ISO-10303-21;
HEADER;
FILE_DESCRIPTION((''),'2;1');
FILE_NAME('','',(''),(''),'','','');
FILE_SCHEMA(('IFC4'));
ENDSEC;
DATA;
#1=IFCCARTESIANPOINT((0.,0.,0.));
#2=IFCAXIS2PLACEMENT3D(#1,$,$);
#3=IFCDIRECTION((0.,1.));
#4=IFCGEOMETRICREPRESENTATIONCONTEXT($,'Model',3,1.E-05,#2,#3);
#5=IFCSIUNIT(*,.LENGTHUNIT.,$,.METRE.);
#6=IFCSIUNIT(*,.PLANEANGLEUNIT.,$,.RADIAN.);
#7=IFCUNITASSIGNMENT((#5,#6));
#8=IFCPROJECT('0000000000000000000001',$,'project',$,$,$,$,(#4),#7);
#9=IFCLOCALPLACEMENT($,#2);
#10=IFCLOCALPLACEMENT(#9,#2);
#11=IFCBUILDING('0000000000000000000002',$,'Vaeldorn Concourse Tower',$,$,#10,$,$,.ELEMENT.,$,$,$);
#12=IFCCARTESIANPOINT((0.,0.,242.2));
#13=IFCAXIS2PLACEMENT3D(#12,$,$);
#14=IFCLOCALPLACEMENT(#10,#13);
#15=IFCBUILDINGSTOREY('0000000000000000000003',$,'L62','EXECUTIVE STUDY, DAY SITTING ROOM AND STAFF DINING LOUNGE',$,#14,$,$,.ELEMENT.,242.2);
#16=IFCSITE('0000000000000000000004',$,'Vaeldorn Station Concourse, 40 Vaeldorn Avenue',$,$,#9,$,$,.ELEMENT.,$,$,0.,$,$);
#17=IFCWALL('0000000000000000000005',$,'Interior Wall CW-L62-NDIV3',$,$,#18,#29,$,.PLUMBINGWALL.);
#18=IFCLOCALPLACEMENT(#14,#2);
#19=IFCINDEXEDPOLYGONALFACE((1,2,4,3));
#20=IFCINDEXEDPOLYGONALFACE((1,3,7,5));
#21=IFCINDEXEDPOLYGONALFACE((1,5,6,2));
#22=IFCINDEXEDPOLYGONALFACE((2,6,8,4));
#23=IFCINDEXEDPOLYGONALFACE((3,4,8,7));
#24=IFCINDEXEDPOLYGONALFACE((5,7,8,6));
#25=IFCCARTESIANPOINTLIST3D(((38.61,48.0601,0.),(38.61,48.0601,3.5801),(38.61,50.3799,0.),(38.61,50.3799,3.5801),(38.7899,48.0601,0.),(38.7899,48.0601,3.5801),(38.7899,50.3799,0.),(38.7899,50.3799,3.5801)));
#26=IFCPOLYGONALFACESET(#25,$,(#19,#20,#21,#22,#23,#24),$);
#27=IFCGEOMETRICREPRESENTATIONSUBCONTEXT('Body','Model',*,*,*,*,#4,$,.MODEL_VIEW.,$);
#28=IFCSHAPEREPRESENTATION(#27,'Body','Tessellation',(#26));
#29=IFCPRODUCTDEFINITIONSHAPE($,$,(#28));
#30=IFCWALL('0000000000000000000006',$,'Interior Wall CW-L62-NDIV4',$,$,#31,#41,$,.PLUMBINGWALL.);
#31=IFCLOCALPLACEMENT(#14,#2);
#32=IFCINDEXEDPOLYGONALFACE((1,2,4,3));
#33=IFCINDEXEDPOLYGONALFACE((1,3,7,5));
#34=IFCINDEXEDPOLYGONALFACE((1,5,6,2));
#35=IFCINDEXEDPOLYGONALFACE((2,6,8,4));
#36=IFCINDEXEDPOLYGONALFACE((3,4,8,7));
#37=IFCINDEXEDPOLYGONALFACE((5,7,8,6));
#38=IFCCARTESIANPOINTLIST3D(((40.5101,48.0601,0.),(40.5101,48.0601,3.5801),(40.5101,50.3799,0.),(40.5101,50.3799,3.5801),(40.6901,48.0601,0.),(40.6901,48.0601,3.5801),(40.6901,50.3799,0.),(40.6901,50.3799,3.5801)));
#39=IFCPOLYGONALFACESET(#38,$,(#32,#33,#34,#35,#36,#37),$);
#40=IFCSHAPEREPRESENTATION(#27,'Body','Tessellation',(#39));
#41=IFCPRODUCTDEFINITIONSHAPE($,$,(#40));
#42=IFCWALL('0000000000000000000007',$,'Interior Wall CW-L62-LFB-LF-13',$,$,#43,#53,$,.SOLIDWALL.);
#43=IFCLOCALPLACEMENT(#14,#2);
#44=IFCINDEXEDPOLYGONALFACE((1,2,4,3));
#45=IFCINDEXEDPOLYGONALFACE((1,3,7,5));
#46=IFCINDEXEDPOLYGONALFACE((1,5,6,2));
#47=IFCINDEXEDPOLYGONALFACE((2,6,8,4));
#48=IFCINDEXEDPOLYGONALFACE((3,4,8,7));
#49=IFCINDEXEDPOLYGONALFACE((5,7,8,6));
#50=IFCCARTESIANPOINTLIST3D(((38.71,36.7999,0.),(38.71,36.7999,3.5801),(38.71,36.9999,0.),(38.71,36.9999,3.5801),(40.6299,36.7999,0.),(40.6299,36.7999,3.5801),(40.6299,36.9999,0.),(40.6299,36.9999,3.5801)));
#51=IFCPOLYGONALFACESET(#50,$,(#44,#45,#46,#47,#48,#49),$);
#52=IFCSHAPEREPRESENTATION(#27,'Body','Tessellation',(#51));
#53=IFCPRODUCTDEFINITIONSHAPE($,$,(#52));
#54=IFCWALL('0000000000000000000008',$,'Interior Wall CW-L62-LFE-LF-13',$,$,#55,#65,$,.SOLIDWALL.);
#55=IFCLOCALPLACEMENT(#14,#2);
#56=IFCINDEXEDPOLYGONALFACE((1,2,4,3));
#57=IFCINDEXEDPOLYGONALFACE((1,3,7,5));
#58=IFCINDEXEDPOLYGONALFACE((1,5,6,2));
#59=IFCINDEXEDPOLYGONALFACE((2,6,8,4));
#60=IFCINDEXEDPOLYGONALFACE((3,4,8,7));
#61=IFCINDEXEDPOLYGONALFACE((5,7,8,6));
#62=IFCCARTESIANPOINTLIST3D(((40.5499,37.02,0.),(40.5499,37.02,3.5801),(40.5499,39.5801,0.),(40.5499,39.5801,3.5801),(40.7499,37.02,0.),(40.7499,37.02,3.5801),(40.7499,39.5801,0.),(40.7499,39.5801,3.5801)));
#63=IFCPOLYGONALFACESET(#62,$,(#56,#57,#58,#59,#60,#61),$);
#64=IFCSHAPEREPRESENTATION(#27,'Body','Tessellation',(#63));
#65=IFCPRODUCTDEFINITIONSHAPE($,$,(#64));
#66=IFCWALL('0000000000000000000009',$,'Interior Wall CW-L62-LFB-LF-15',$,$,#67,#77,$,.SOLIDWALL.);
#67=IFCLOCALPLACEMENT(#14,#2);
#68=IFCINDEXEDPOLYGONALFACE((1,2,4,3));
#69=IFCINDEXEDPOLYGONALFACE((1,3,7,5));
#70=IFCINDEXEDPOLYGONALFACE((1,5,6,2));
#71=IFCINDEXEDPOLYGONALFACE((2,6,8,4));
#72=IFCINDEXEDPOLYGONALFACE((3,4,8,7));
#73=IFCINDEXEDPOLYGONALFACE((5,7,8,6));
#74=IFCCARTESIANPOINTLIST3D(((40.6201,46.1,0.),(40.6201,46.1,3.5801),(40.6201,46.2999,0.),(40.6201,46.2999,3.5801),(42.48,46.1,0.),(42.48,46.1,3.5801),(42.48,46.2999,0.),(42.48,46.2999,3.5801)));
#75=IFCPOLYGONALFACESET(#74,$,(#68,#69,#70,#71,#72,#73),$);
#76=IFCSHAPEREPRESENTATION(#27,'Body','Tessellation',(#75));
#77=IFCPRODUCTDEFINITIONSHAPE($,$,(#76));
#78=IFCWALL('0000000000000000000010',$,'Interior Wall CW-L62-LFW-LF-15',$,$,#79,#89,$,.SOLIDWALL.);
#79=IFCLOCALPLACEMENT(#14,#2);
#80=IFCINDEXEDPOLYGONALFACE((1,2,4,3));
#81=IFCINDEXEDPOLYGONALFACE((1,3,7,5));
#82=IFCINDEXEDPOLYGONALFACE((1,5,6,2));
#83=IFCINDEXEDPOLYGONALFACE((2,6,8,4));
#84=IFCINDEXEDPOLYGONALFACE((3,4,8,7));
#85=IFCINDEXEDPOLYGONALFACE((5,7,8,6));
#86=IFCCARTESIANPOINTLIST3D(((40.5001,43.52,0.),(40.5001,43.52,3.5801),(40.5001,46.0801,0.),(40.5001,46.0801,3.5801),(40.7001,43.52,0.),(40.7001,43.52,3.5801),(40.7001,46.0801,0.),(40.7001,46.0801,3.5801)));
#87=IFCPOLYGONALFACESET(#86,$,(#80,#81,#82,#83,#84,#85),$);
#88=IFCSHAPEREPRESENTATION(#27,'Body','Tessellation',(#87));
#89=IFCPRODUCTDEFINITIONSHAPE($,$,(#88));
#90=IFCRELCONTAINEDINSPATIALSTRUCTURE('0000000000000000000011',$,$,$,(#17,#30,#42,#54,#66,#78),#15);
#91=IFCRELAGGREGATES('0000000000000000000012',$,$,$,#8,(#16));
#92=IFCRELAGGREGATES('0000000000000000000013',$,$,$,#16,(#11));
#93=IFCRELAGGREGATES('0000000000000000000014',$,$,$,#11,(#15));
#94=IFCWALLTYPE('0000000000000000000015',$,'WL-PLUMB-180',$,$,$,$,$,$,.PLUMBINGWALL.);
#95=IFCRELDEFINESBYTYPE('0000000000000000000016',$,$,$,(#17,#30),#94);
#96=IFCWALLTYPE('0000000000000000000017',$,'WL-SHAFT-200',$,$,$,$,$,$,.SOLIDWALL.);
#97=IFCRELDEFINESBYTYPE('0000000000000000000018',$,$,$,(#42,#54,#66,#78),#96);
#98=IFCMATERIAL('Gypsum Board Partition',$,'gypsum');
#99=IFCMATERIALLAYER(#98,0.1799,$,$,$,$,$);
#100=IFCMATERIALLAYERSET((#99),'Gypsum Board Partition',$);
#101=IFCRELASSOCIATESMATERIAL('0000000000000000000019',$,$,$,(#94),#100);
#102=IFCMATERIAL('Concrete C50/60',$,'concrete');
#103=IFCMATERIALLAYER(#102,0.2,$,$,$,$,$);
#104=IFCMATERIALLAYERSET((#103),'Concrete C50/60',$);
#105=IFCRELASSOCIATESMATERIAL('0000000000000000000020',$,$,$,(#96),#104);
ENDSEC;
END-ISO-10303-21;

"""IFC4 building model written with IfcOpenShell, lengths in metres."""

from ifc_helpers import new_model, si_unit, direction, frame, frame_2d, origin, place, context, subcontext, project, spatial, rectangle, extrude, material, layer, layer_set, type_object, element, save


model = new_model("IFC4")

# Units and contexts
model_context = context("Model", 3, precision=1e-05, world=origin(), true_north=direction((0.0, 1.0)))
body_context = subcontext(model_context, "Body", "Model", "MODEL_VIEW")
ifc_project = project(units=[si_unit("LENGTHUNIT", "METRE"), si_unit("PLANEANGLEUNIT", "RADIAN")], contexts=[model_context])

# Site, building, storey
site_placement = place(None, origin())
site = spatial("IfcSite", under=ifc_project, at=site_placement, Name="Vaeldorn Station Concourse, 40 Vaeldorn Avenue", CompositionType="ELEMENT", RefElevation=0.0)
building_placement = place(site_placement, origin())
building = spatial("IfcBuilding", under=site, at=building_placement, Name="Vaeldorn Concourse Tower", CompositionType="ELEMENT")
storey_placement = place(building_placement, frame((0.0, 0.0, 242.2)))
storey = spatial("IfcBuildingStorey", under=building, at=storey_placement, Name="L62", Description="EXECUTIVE STUDY, DAY SITTING ROOM AND STAFF DINING LOUNGE", CompositionType="ELEMENT", Elevation=242.2)

# Shared definitions
ifc_material_1 = material(Name="Concrete C50/60", Category="concrete")
ifc_material_2 = material(Name="Gypsum Board Partition", Category="gypsum")

# Shared definitions
ifc_layer_1 = layer(ifc_material_2, 0.1799)
ifc_layer_set_1 = layer_set([ifc_layer_1], Name="Gypsum Board Partition")
wall_type_1 = type_object("IfcWallType", Name="WL-PLUMB-180", PredefinedType="PLUMBINGWALL", material=ifc_layer_set_1)

# Walls
for number, where, z_axis, x_axis, name in (
    (1, (38.7, 48.0601, 0.0), (0.0, 0.0, 1.0), (0.0, 1.0, 0.0), "Interior Wall CW-L62-NDIV3"),
    (2, (40.6001, 48.0601, 0.0), (0.0, 0.0, 1.0), (0.0, 1.0, 0.0), "Interior Wall CW-L62-NDIV4"),
):
    element("IfcWall", number, at=place(storey_placement, frame(where, z_axis=z_axis, x_axis=x_axis)), inside=storey, type_object=wall_type_1, Name=name, PredefinedType="PLUMBINGWALL", context=body_context, shape_type="SweptSolid", body=[
        extrude(rectangle(XDim=2.3198, YDim=0.1799, at=frame_2d((1.1599, 0.0))), origin(), (0.0, 0.0, 1.0), 3.5801),
    ])

# Shared definitions
ifc_layer_2 = layer(ifc_material_1, 0.2)
ifc_layer_set_2 = layer_set([ifc_layer_2], Name="Concrete C50/60")
wall_type_2 = type_object("IfcWallType", Name="WL-SHAFT-200", PredefinedType="SOLIDWALL", material=ifc_layer_set_2)

# Walls
wall_1_placement = place(storey_placement, frame((38.71, 36.8999, 0.0), z_axis=(0.0, 0.0, 1.0), x_axis=(1.0, 0.0, 0.0)))
element("IfcWall", 3, at=wall_1_placement, inside=storey, type_object=wall_type_2, Name="Interior Wall CW-L62-LFB-LF-13", PredefinedType="SOLIDWALL", context=body_context, shape_type="SweptSolid", body=[
    extrude(rectangle(XDim=1.9199, YDim=0.2, at=frame_2d((0.96, 0.0))), origin(), (0.0, 0.0, 1.0), 3.5801),
])
wall_2_placement = place(storey_placement, frame((40.6499, 37.02, 0.0), z_axis=(0.0, 0.0, 1.0), x_axis=(0.0, 1.0, 0.0)))
element("IfcWall", 4, at=wall_2_placement, inside=storey, type_object=wall_type_2, Name="Interior Wall CW-L62-LFE-LF-13", PredefinedType="SOLIDWALL", context=body_context, shape_type="SweptSolid", body=[
    extrude(rectangle(XDim=2.5601, YDim=0.2, at=frame_2d((1.28, 0.0))), origin(), (0.0, 0.0, 1.0), 3.5801),
])

# Walls
wall_3_placement = place(storey_placement, frame((40.6201, 46.2, 0.0), z_axis=(0.0, 0.0, 1.0), x_axis=(1.0, 0.0, 0.0)))
element("IfcWall", 5, at=wall_3_placement, inside=storey, type_object=wall_type_2, Name="Interior Wall CW-L62-LFB-LF-15", PredefinedType="SOLIDWALL", context=body_context, shape_type="SweptSolid", body=[
    extrude(rectangle(XDim=1.8599, YDim=0.2, at=frame_2d((0.9299, 0.0))), origin(), (0.0, 0.0, 1.0), 3.5801),
])
wall_4_placement = place(storey_placement, frame((40.6001, 43.52, 0.0), z_axis=(0.0, 0.0, 1.0), x_axis=(0.0, 1.0, 0.0)))
element("IfcWall", 6, at=wall_4_placement, inside=storey, type_object=wall_type_2, Name="Interior Wall CW-L62-LFW-LF-15", PredefinedType="SOLIDWALL", context=body_context, shape_type="SweptSolid", body=[
    extrude(rectangle(XDim=2.5601, YDim=0.2, at=frame_2d((1.28, 0.0))), origin(), (0.0, 0.0, 1.0), 3.5801),
])

save(model, "model.ifc")
